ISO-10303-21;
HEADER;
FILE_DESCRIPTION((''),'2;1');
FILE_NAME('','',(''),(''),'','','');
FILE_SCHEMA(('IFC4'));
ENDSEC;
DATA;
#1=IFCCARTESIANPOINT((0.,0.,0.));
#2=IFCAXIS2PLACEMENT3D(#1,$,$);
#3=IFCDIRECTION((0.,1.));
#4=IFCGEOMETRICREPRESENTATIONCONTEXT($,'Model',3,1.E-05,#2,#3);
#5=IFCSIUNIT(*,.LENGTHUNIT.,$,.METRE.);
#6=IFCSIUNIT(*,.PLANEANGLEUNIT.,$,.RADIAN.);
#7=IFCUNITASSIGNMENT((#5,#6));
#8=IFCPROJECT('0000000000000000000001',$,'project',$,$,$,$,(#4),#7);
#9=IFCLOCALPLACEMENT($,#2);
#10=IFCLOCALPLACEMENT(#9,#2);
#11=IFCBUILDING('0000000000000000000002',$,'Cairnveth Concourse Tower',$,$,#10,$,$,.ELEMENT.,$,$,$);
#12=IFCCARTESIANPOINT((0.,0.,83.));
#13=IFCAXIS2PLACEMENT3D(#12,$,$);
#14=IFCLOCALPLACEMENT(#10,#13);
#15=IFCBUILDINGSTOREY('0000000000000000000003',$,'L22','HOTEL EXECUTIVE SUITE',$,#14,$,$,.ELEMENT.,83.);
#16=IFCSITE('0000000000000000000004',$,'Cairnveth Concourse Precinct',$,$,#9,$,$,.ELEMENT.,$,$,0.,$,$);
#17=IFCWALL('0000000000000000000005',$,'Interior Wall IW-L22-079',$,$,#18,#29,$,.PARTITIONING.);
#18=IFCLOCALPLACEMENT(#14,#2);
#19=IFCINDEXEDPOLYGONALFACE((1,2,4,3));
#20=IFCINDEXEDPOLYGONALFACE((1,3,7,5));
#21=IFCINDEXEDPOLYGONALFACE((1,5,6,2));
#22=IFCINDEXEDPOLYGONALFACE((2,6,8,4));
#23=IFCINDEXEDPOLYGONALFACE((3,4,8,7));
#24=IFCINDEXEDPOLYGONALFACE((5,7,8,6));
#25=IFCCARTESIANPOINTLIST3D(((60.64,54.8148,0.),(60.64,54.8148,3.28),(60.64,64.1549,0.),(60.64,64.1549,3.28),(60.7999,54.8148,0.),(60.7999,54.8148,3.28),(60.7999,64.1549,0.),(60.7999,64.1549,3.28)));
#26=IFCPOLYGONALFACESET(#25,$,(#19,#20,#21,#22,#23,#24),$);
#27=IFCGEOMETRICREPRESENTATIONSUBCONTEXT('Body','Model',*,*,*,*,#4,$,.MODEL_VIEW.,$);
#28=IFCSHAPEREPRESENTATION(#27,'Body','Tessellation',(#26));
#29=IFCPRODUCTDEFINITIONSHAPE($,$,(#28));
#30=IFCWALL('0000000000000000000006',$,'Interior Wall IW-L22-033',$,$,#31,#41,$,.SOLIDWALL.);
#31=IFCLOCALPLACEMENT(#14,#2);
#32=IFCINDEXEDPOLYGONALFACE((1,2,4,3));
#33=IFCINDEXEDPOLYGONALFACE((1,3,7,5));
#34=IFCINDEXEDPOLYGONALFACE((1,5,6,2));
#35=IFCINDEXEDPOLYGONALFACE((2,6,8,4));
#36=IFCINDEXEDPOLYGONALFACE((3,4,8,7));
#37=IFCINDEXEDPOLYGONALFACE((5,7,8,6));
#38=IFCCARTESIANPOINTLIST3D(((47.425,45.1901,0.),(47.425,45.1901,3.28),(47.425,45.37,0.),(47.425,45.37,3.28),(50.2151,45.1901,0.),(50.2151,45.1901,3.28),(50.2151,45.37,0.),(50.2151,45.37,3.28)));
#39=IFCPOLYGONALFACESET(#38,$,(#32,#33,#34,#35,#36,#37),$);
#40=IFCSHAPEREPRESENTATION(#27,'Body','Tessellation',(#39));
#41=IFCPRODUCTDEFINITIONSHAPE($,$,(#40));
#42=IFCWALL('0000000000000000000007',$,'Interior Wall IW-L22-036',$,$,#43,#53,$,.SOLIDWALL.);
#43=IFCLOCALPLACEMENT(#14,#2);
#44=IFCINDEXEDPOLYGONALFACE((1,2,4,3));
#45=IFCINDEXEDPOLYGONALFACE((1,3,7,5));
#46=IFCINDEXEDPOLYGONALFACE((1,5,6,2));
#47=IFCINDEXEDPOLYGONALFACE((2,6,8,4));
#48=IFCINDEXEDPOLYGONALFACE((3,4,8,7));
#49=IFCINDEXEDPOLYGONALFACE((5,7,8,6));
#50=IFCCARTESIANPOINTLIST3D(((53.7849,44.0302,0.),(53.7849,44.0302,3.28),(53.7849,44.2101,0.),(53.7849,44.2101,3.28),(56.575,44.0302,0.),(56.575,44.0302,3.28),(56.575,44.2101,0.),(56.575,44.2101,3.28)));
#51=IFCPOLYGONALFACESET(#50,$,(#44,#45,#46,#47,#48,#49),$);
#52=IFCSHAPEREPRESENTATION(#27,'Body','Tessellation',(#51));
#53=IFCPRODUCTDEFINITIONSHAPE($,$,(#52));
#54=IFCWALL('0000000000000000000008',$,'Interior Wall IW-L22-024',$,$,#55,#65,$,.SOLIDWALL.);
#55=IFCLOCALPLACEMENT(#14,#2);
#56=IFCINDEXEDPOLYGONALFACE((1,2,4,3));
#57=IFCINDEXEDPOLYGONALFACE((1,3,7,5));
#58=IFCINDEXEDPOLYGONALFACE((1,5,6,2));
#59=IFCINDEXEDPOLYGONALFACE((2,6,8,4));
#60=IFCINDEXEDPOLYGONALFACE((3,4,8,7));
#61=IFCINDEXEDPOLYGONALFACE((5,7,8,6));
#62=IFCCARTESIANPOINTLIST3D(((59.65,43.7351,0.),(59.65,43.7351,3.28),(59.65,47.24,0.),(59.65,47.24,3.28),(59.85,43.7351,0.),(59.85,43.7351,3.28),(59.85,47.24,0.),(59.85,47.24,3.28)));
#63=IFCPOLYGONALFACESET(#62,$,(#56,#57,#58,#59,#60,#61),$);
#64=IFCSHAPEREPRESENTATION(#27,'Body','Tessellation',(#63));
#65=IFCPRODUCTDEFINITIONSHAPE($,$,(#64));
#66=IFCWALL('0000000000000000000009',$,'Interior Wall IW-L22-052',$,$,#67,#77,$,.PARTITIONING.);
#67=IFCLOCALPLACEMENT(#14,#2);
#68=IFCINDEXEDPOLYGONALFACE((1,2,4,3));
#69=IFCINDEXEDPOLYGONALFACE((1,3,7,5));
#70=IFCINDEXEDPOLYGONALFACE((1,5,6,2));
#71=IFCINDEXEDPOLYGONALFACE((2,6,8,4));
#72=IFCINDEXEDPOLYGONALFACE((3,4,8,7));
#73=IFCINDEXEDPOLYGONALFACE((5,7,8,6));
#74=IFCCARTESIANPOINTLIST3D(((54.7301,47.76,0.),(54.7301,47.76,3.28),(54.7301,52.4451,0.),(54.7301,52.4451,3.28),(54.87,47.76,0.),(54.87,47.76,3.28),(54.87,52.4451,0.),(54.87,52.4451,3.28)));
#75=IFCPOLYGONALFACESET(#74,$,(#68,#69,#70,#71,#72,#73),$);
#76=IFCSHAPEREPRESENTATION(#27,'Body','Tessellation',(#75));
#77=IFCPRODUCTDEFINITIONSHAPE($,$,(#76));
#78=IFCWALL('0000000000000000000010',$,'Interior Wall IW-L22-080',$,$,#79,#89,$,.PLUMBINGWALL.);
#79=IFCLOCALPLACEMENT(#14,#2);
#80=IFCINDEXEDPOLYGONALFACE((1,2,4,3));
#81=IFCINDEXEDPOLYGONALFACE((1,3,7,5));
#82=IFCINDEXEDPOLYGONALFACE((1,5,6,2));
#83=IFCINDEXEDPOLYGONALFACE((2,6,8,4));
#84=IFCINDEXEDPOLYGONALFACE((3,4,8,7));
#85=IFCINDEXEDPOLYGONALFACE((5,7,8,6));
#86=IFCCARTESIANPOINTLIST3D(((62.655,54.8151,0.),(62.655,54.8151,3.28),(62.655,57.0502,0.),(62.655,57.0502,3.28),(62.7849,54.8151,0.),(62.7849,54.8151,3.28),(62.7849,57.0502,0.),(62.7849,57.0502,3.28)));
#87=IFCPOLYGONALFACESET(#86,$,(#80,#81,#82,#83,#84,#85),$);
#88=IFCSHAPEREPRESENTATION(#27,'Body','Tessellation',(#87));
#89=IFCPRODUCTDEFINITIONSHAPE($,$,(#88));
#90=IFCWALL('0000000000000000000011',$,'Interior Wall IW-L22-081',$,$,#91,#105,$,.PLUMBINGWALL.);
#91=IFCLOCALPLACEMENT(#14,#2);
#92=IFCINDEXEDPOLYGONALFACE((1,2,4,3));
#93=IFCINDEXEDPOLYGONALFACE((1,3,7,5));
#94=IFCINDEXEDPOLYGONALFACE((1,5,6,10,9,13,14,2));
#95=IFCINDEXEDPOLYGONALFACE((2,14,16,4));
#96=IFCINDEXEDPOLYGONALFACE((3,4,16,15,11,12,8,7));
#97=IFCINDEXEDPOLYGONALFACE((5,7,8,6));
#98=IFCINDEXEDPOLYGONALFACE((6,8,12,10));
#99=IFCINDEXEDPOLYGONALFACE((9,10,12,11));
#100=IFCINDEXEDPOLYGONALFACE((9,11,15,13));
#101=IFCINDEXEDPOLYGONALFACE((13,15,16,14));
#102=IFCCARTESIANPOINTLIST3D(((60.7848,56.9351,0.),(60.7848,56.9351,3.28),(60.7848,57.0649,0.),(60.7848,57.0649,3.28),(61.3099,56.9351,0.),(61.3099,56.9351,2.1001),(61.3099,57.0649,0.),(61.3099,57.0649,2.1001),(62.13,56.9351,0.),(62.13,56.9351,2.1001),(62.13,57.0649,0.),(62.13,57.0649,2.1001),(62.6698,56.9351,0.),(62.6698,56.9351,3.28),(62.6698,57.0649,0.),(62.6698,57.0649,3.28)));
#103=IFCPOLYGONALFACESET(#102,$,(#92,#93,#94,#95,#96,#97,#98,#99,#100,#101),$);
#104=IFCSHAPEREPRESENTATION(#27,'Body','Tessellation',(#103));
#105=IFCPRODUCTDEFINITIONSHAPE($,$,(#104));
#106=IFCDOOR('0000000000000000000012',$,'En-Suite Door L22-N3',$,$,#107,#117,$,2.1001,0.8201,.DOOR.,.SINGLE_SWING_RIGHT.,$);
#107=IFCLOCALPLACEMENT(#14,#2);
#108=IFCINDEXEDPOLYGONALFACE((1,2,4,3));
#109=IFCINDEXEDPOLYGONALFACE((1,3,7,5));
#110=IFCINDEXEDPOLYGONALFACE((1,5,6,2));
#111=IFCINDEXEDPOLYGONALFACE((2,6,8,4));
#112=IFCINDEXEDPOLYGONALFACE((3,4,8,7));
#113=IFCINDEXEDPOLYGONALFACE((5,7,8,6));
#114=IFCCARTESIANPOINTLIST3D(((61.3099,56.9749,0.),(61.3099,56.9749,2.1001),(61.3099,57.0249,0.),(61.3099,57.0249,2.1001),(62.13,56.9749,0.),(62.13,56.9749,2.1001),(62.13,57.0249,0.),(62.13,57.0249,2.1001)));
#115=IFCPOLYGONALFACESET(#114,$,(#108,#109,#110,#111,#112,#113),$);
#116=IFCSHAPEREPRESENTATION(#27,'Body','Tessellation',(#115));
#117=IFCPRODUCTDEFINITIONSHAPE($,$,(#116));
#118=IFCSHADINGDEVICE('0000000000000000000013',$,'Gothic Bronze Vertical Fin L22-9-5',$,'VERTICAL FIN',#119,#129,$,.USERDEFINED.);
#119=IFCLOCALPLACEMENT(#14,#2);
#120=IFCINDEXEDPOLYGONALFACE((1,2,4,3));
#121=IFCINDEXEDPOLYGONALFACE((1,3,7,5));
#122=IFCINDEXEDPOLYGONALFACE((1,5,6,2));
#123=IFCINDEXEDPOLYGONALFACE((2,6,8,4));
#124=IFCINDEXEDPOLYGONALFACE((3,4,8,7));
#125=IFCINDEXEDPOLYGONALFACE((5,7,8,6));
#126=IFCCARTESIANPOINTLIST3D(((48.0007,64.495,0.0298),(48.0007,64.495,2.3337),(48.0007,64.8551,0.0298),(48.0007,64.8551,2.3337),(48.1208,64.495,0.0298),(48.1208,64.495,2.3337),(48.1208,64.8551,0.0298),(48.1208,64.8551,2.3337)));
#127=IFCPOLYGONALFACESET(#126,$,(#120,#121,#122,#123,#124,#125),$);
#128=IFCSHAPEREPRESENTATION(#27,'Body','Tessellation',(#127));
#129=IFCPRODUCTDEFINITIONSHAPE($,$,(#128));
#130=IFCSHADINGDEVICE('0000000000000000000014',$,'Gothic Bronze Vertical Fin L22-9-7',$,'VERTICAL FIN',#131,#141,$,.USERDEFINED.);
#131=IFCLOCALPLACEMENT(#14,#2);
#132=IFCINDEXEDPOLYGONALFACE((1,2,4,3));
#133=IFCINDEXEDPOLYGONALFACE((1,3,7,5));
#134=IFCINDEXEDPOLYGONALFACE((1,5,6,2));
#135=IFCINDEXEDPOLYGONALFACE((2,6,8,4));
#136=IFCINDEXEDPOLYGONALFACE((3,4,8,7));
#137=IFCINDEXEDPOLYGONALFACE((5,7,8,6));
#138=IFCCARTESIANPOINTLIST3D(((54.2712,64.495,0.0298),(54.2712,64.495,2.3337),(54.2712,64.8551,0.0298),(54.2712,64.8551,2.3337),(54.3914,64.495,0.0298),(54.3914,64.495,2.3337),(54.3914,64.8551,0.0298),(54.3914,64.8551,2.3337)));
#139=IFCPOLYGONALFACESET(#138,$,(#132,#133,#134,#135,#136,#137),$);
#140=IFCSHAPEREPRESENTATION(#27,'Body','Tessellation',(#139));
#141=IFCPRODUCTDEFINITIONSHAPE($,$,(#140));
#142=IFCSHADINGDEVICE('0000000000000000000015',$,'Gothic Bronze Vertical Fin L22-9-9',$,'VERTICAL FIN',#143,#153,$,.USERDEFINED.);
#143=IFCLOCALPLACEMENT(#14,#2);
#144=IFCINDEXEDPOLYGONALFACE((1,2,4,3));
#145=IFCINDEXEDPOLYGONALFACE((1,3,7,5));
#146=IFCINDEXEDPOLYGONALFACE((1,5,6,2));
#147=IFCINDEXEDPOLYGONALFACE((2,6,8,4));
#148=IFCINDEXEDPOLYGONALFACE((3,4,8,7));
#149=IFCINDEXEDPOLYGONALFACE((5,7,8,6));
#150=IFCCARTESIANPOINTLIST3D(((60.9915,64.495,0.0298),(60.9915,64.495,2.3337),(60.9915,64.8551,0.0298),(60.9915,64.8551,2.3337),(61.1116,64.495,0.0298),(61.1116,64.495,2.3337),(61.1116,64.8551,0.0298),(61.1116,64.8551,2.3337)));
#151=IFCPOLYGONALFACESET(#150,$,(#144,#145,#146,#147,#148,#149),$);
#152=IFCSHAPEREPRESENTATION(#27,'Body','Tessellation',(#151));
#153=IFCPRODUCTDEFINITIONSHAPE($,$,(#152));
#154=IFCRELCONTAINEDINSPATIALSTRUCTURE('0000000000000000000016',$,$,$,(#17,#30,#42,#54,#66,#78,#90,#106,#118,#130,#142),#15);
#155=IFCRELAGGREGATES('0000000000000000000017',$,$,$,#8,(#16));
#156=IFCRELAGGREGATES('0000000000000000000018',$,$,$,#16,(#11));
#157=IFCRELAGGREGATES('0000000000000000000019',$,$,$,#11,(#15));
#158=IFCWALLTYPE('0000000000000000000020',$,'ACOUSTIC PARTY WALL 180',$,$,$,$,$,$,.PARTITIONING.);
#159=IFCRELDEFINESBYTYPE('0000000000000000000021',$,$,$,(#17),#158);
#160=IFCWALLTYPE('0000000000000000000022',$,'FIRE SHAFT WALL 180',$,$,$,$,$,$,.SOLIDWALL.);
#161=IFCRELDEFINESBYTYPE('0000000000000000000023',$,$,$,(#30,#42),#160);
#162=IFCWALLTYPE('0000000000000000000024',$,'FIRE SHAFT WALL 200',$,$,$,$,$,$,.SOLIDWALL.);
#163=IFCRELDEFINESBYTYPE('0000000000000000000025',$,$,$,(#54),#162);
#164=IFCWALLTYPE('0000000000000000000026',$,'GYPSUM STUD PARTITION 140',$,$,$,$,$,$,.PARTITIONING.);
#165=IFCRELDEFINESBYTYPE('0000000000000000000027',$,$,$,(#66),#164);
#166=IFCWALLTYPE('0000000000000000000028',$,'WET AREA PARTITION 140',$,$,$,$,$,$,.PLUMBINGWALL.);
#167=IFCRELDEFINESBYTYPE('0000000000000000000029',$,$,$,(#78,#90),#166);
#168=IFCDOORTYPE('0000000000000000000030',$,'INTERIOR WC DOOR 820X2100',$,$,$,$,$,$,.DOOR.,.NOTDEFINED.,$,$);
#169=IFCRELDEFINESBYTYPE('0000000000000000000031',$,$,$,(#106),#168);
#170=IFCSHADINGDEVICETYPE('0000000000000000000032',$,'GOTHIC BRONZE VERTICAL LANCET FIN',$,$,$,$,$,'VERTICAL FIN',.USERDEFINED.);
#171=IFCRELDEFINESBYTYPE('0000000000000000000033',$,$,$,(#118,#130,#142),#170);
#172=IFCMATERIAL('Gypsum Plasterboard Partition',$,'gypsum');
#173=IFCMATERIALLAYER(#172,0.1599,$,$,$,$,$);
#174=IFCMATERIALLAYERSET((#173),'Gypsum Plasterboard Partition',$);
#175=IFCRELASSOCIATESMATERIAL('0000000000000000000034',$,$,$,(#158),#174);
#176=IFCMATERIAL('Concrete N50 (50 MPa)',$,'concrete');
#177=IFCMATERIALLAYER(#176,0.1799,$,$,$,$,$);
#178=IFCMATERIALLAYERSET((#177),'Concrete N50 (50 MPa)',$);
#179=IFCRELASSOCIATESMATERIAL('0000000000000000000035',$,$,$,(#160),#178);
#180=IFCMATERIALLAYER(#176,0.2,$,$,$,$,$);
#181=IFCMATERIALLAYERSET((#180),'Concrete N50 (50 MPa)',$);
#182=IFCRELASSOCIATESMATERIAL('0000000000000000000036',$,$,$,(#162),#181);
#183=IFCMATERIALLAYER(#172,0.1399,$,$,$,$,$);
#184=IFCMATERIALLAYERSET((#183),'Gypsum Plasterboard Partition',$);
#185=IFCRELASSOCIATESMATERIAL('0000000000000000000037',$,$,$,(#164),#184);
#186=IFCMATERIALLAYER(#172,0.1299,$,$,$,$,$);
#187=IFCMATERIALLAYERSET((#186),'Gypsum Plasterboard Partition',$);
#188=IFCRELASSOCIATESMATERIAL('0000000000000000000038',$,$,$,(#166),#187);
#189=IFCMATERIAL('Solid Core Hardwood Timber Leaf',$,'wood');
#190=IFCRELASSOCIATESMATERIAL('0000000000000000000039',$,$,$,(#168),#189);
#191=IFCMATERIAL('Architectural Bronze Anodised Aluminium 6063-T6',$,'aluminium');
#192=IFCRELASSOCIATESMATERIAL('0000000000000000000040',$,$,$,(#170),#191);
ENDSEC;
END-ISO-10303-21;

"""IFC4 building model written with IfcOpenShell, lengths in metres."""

from ifc_helpers import new_model, si_unit, direction, frame, frame_2d, origin, origin_2d, place, context, subcontext, project, spatial, rectangle, extrude, material, layer, layer_set, type_object, element, fill, save


model = new_model("IFC4")

# Units and contexts
model_context = context("Model", 3, precision=1e-05, world=origin(), true_north=direction((0.0, 1.0)))
body_context = subcontext(model_context, "Body", "Model", "MODEL_VIEW")
ifc_project = project(units=[si_unit("LENGTHUNIT", "METRE"), si_unit("PLANEANGLEUNIT", "RADIAN")], contexts=[model_context])

# Site, building, storey
site_placement = place(None, origin())
site = spatial("IfcSite", under=ifc_project, at=site_placement, Name="Cairnveth Concourse Precinct", CompositionType="ELEMENT", RefElevation=0.0)
building_placement = place(site_placement, origin())
building = spatial("IfcBuilding", under=site, at=building_placement, Name="Cairnveth Concourse Tower", CompositionType="ELEMENT")
storey_placement = place(building_placement, frame((0.0, 0.0, 83.0)))
storey = spatial("IfcBuildingStorey", under=building, at=storey_placement, Name="L22", Description="HOTEL EXECUTIVE SUITE", CompositionType="ELEMENT", Elevation=83.0)

# Walls
ifc_material_1 = material(Name="Gypsum Plasterboard Partition", Category="gypsum")
ifc_layer_1 = layer(ifc_material_1, 0.1599)
ifc_layer_set_1 = layer_set([ifc_layer_1], Name="Gypsum Plasterboard Partition")
wall_type_1 = type_object("IfcWallType", Name="ACOUSTIC PARTY WALL 180", PredefinedType="PARTITIONING", material=ifc_layer_set_1)
wall_1_placement = place(storey_placement, frame((60.72, 54.8149, 0.0), z_axis=(0.0, 0.0, 1.0), x_axis=(0.0, 1.0, 0.0)))
element("IfcWall", 1, at=wall_1_placement, inside=storey, type_object=wall_type_1, Name="Interior Wall IW-L22-079", PredefinedType="PARTITIONING", context=body_context, shape_type="SweptSolid", body=[
    extrude(rectangle(XDim=9.3401, YDim=0.1599, at=frame_2d((4.6699, 0.0))), origin(), (0.0, 0.0, 1.0), 3.28),
])
ifc_material_2 = material(Name="Concrete N50 (50 MPa)", Category="concrete")
ifc_layer_2 = layer(ifc_material_2, 0.1799)
ifc_layer_set_2 = layer_set([ifc_layer_2], Name="Concrete N50 (50 MPa)")
wall_type_2 = type_object("IfcWallType", Name="FIRE SHAFT WALL 180", PredefinedType="SOLIDWALL", material=ifc_layer_set_2)
for number, where, z_axis, x_axis, name in (
    (2, (47.425, 45.28, 0.0), (0.0, 0.0, 1.0), (1.0, 0.0, 0.0), "Interior Wall IW-L22-033"),
    (3, (53.7849, 44.1201, 0.0), (0.0, 0.0, 1.0), (1.0, 0.0, 0.0), "Interior Wall IW-L22-036"),
):
    element("IfcWall", number, at=place(storey_placement, frame(where, z_axis=z_axis, x_axis=x_axis)), inside=storey, type_object=wall_type_2, Name=name, PredefinedType="SOLIDWALL", context=body_context, shape_type="SweptSolid", body=[
        extrude(rectangle(XDim=2.79, YDim=0.1799, at=frame_2d((1.395, 0.0))), origin(), (0.0, 0.0, 1.0), 3.28),
    ])
ifc_layer_3 = layer(ifc_material_2, 0.2)
ifc_layer_set_3 = layer_set([ifc_layer_3], Name="Concrete N50 (50 MPa)")
wall_type_3 = type_object("IfcWallType", Name="FIRE SHAFT WALL 200", PredefinedType="SOLIDWALL", material=ifc_layer_set_3)
wall_2_placement = place(storey_placement, frame((59.75, 43.7351, 0.0), z_axis=(0.0, 0.0, 1.0), x_axis=(0.0, 1.0, 0.0)))
element("IfcWall", 4, at=wall_2_placement, inside=storey, type_object=wall_type_3, Name="Interior Wall IW-L22-024", PredefinedType="SOLIDWALL", context=body_context, shape_type="SweptSolid", body=[
    extrude(rectangle(XDim=3.5049, YDim=0.2, at=frame_2d((1.7524, 0.0))), origin(), (0.0, 0.0, 1.0), 3.28),
])
ifc_layer_4 = layer(ifc_material_1, 0.1399)
ifc_layer_set_4 = layer_set([ifc_layer_4], Name="Gypsum Plasterboard Partition")
wall_type_4 = type_object("IfcWallType", Name="GYPSUM STUD PARTITION 140", PredefinedType="PARTITIONING", material=ifc_layer_set_4)
wall_3_placement = place(storey_placement, frame((54.8, 47.76, 0.0), z_axis=(0.0, 0.0, 1.0), x_axis=(0.0, 1.0, 0.0)))
element("IfcWall", 5, at=wall_3_placement, inside=storey, type_object=wall_type_4, Name="Interior Wall IW-L22-052", PredefinedType="PARTITIONING", context=body_context, shape_type="SweptSolid", body=[
    extrude(rectangle(XDim=4.6851, YDim=0.1399, at=frame_2d((2.3425, 0.0))), origin(), (0.0, 0.0, 1.0), 3.28),
])
ifc_layer_5 = layer(ifc_material_1, 0.1299)
ifc_layer_set_5 = layer_set([ifc_layer_5], Name="Gypsum Plasterboard Partition")
wall_type_5 = type_object("IfcWallType", Name="WET AREA PARTITION 140", PredefinedType="PLUMBINGWALL", material=ifc_layer_set_5)
wall_4_placement = place(storey_placement, frame((62.72, 54.8149, 0.0), z_axis=(0.0, 0.0, 1.0), x_axis=(0.0, 1.0, 0.0)))
element("IfcWall", 6, at=wall_4_placement, inside=storey, type_object=wall_type_5, Name="Interior Wall IW-L22-080", PredefinedType="PLUMBINGWALL", context=body_context, shape_type="SweptSolid", body=[
    extrude(rectangle(XDim=2.2351, YDim=0.1299, at=frame_2d((1.1177, 0.0))), origin(), (0.0, 0.0, 1.0), 3.28),
])

# Wall, opening, door
wall_5_placement = place(storey_placement, frame((60.7849, 57.0, 0.0), z_axis=(0.0, 0.0, 1.0), x_axis=(1.0, 0.0, 0.0)))
wall_5 = element("IfcWall", 7, at=wall_5_placement, inside=storey, type_object=wall_type_5, Name="Interior Wall IW-L22-081", PredefinedType="PLUMBINGWALL", context=body_context, shape_type="SweptSolid", body=[
    extrude(rectangle(XDim=1.885, YDim=0.1299, at=frame_2d((0.9424, 0.0))), origin(), (0.0, 0.0, 1.0), 3.28),
])
opening_placement = place(wall_5_placement, frame((0.5249, 0.0, 0.0)))
opening = element("IfcOpeningElement", 8, at=opening_placement, cuts=wall_5, PredefinedType="OPENING", context=body_context, shape_type="SweptSolid", body=[
    extrude(rectangle(XDim=0.8201, YDim=2.1001, at=frame_2d((0.4102, 1.05))), frame((0.0, 0.075, 0.0), z_axis=(0.0, -1.0, 0.0), x_axis=(1.0, 0.0, 0.0)), (0.0, 0.0, 1.0), 0.1499),
])
ifc_material_3 = material(Name="Solid Core Hardwood Timber Leaf", Category="wood")
door_type = type_object("IfcDoorType", Name="INTERIOR WC DOOR 820X2100", OperationType="NOTDEFINED", PredefinedType="DOOR", material=ifc_material_3)
door_placement = place(opening_placement, origin())
door = element("IfcDoor", 9, at=door_placement, inside=storey, type_object=door_type, Name="En-Suite Door L22-N3", OperationType="SINGLE_SWING_RIGHT", OverallHeight=2.1001, OverallWidth=0.8201, PredefinedType="DOOR", context=body_context, shape_type="SweptSolid", body=[
    extrude(rectangle(XDim=0.8201, YDim=2.1001, at=frame_2d((0.4102, 1.05))), frame((0.0, 0.0249, 0.0), z_axis=(0.0, -1.0, 0.0), x_axis=(1.0, 0.0, 0.0)), (0.0, 0.0, 1.0), 0.05),
])
fill(opening, door)

# Shading devices
ifc_material_4 = material(Name="Architectural Bronze Anodised Aluminium 6063-T6", Category="aluminium")
shading_device_type = type_object("IfcShadingDeviceType", Name="GOTHIC BRONZE VERTICAL LANCET FIN", ElementType="VERTICAL FIN", PredefinedType="USERDEFINED", material=ifc_material_4)
for number, where, z_axis, x_axis, name in (
    (10, (48.0608, 64.675, 0.0298), (0.0, 0.0, 1.0), (1.0, 0.0, 0.0), "Gothic Bronze Vertical Fin L22-9-5"),
    (11, (54.3313, 64.675, 0.0298), (0.0, 0.0, 1.0), (1.0, 0.0, 0.0), "Gothic Bronze Vertical Fin L22-9-7"),
    (12, (61.0515, 64.675, 0.0298), (0.0, 0.0, 1.0), (1.0, 0.0, 0.0), "Gothic Bronze Vertical Fin L22-9-9"),
):
    element("IfcShadingDevice", number, at=place(storey_placement, frame(where, z_axis=z_axis, x_axis=x_axis)), inside=storey, type_object=shading_device_type, Name=name, ObjectType="VERTICAL FIN", PredefinedType="USERDEFINED", context=body_context, shape_type="SweptSolid", body=[
        extrude(rectangle(XDim=0.1201, YDim=0.3601, at=origin_2d()), origin(), (0.0, 0.0, 1.0), 2.304),
    ])

save(model, "model.ifc")
